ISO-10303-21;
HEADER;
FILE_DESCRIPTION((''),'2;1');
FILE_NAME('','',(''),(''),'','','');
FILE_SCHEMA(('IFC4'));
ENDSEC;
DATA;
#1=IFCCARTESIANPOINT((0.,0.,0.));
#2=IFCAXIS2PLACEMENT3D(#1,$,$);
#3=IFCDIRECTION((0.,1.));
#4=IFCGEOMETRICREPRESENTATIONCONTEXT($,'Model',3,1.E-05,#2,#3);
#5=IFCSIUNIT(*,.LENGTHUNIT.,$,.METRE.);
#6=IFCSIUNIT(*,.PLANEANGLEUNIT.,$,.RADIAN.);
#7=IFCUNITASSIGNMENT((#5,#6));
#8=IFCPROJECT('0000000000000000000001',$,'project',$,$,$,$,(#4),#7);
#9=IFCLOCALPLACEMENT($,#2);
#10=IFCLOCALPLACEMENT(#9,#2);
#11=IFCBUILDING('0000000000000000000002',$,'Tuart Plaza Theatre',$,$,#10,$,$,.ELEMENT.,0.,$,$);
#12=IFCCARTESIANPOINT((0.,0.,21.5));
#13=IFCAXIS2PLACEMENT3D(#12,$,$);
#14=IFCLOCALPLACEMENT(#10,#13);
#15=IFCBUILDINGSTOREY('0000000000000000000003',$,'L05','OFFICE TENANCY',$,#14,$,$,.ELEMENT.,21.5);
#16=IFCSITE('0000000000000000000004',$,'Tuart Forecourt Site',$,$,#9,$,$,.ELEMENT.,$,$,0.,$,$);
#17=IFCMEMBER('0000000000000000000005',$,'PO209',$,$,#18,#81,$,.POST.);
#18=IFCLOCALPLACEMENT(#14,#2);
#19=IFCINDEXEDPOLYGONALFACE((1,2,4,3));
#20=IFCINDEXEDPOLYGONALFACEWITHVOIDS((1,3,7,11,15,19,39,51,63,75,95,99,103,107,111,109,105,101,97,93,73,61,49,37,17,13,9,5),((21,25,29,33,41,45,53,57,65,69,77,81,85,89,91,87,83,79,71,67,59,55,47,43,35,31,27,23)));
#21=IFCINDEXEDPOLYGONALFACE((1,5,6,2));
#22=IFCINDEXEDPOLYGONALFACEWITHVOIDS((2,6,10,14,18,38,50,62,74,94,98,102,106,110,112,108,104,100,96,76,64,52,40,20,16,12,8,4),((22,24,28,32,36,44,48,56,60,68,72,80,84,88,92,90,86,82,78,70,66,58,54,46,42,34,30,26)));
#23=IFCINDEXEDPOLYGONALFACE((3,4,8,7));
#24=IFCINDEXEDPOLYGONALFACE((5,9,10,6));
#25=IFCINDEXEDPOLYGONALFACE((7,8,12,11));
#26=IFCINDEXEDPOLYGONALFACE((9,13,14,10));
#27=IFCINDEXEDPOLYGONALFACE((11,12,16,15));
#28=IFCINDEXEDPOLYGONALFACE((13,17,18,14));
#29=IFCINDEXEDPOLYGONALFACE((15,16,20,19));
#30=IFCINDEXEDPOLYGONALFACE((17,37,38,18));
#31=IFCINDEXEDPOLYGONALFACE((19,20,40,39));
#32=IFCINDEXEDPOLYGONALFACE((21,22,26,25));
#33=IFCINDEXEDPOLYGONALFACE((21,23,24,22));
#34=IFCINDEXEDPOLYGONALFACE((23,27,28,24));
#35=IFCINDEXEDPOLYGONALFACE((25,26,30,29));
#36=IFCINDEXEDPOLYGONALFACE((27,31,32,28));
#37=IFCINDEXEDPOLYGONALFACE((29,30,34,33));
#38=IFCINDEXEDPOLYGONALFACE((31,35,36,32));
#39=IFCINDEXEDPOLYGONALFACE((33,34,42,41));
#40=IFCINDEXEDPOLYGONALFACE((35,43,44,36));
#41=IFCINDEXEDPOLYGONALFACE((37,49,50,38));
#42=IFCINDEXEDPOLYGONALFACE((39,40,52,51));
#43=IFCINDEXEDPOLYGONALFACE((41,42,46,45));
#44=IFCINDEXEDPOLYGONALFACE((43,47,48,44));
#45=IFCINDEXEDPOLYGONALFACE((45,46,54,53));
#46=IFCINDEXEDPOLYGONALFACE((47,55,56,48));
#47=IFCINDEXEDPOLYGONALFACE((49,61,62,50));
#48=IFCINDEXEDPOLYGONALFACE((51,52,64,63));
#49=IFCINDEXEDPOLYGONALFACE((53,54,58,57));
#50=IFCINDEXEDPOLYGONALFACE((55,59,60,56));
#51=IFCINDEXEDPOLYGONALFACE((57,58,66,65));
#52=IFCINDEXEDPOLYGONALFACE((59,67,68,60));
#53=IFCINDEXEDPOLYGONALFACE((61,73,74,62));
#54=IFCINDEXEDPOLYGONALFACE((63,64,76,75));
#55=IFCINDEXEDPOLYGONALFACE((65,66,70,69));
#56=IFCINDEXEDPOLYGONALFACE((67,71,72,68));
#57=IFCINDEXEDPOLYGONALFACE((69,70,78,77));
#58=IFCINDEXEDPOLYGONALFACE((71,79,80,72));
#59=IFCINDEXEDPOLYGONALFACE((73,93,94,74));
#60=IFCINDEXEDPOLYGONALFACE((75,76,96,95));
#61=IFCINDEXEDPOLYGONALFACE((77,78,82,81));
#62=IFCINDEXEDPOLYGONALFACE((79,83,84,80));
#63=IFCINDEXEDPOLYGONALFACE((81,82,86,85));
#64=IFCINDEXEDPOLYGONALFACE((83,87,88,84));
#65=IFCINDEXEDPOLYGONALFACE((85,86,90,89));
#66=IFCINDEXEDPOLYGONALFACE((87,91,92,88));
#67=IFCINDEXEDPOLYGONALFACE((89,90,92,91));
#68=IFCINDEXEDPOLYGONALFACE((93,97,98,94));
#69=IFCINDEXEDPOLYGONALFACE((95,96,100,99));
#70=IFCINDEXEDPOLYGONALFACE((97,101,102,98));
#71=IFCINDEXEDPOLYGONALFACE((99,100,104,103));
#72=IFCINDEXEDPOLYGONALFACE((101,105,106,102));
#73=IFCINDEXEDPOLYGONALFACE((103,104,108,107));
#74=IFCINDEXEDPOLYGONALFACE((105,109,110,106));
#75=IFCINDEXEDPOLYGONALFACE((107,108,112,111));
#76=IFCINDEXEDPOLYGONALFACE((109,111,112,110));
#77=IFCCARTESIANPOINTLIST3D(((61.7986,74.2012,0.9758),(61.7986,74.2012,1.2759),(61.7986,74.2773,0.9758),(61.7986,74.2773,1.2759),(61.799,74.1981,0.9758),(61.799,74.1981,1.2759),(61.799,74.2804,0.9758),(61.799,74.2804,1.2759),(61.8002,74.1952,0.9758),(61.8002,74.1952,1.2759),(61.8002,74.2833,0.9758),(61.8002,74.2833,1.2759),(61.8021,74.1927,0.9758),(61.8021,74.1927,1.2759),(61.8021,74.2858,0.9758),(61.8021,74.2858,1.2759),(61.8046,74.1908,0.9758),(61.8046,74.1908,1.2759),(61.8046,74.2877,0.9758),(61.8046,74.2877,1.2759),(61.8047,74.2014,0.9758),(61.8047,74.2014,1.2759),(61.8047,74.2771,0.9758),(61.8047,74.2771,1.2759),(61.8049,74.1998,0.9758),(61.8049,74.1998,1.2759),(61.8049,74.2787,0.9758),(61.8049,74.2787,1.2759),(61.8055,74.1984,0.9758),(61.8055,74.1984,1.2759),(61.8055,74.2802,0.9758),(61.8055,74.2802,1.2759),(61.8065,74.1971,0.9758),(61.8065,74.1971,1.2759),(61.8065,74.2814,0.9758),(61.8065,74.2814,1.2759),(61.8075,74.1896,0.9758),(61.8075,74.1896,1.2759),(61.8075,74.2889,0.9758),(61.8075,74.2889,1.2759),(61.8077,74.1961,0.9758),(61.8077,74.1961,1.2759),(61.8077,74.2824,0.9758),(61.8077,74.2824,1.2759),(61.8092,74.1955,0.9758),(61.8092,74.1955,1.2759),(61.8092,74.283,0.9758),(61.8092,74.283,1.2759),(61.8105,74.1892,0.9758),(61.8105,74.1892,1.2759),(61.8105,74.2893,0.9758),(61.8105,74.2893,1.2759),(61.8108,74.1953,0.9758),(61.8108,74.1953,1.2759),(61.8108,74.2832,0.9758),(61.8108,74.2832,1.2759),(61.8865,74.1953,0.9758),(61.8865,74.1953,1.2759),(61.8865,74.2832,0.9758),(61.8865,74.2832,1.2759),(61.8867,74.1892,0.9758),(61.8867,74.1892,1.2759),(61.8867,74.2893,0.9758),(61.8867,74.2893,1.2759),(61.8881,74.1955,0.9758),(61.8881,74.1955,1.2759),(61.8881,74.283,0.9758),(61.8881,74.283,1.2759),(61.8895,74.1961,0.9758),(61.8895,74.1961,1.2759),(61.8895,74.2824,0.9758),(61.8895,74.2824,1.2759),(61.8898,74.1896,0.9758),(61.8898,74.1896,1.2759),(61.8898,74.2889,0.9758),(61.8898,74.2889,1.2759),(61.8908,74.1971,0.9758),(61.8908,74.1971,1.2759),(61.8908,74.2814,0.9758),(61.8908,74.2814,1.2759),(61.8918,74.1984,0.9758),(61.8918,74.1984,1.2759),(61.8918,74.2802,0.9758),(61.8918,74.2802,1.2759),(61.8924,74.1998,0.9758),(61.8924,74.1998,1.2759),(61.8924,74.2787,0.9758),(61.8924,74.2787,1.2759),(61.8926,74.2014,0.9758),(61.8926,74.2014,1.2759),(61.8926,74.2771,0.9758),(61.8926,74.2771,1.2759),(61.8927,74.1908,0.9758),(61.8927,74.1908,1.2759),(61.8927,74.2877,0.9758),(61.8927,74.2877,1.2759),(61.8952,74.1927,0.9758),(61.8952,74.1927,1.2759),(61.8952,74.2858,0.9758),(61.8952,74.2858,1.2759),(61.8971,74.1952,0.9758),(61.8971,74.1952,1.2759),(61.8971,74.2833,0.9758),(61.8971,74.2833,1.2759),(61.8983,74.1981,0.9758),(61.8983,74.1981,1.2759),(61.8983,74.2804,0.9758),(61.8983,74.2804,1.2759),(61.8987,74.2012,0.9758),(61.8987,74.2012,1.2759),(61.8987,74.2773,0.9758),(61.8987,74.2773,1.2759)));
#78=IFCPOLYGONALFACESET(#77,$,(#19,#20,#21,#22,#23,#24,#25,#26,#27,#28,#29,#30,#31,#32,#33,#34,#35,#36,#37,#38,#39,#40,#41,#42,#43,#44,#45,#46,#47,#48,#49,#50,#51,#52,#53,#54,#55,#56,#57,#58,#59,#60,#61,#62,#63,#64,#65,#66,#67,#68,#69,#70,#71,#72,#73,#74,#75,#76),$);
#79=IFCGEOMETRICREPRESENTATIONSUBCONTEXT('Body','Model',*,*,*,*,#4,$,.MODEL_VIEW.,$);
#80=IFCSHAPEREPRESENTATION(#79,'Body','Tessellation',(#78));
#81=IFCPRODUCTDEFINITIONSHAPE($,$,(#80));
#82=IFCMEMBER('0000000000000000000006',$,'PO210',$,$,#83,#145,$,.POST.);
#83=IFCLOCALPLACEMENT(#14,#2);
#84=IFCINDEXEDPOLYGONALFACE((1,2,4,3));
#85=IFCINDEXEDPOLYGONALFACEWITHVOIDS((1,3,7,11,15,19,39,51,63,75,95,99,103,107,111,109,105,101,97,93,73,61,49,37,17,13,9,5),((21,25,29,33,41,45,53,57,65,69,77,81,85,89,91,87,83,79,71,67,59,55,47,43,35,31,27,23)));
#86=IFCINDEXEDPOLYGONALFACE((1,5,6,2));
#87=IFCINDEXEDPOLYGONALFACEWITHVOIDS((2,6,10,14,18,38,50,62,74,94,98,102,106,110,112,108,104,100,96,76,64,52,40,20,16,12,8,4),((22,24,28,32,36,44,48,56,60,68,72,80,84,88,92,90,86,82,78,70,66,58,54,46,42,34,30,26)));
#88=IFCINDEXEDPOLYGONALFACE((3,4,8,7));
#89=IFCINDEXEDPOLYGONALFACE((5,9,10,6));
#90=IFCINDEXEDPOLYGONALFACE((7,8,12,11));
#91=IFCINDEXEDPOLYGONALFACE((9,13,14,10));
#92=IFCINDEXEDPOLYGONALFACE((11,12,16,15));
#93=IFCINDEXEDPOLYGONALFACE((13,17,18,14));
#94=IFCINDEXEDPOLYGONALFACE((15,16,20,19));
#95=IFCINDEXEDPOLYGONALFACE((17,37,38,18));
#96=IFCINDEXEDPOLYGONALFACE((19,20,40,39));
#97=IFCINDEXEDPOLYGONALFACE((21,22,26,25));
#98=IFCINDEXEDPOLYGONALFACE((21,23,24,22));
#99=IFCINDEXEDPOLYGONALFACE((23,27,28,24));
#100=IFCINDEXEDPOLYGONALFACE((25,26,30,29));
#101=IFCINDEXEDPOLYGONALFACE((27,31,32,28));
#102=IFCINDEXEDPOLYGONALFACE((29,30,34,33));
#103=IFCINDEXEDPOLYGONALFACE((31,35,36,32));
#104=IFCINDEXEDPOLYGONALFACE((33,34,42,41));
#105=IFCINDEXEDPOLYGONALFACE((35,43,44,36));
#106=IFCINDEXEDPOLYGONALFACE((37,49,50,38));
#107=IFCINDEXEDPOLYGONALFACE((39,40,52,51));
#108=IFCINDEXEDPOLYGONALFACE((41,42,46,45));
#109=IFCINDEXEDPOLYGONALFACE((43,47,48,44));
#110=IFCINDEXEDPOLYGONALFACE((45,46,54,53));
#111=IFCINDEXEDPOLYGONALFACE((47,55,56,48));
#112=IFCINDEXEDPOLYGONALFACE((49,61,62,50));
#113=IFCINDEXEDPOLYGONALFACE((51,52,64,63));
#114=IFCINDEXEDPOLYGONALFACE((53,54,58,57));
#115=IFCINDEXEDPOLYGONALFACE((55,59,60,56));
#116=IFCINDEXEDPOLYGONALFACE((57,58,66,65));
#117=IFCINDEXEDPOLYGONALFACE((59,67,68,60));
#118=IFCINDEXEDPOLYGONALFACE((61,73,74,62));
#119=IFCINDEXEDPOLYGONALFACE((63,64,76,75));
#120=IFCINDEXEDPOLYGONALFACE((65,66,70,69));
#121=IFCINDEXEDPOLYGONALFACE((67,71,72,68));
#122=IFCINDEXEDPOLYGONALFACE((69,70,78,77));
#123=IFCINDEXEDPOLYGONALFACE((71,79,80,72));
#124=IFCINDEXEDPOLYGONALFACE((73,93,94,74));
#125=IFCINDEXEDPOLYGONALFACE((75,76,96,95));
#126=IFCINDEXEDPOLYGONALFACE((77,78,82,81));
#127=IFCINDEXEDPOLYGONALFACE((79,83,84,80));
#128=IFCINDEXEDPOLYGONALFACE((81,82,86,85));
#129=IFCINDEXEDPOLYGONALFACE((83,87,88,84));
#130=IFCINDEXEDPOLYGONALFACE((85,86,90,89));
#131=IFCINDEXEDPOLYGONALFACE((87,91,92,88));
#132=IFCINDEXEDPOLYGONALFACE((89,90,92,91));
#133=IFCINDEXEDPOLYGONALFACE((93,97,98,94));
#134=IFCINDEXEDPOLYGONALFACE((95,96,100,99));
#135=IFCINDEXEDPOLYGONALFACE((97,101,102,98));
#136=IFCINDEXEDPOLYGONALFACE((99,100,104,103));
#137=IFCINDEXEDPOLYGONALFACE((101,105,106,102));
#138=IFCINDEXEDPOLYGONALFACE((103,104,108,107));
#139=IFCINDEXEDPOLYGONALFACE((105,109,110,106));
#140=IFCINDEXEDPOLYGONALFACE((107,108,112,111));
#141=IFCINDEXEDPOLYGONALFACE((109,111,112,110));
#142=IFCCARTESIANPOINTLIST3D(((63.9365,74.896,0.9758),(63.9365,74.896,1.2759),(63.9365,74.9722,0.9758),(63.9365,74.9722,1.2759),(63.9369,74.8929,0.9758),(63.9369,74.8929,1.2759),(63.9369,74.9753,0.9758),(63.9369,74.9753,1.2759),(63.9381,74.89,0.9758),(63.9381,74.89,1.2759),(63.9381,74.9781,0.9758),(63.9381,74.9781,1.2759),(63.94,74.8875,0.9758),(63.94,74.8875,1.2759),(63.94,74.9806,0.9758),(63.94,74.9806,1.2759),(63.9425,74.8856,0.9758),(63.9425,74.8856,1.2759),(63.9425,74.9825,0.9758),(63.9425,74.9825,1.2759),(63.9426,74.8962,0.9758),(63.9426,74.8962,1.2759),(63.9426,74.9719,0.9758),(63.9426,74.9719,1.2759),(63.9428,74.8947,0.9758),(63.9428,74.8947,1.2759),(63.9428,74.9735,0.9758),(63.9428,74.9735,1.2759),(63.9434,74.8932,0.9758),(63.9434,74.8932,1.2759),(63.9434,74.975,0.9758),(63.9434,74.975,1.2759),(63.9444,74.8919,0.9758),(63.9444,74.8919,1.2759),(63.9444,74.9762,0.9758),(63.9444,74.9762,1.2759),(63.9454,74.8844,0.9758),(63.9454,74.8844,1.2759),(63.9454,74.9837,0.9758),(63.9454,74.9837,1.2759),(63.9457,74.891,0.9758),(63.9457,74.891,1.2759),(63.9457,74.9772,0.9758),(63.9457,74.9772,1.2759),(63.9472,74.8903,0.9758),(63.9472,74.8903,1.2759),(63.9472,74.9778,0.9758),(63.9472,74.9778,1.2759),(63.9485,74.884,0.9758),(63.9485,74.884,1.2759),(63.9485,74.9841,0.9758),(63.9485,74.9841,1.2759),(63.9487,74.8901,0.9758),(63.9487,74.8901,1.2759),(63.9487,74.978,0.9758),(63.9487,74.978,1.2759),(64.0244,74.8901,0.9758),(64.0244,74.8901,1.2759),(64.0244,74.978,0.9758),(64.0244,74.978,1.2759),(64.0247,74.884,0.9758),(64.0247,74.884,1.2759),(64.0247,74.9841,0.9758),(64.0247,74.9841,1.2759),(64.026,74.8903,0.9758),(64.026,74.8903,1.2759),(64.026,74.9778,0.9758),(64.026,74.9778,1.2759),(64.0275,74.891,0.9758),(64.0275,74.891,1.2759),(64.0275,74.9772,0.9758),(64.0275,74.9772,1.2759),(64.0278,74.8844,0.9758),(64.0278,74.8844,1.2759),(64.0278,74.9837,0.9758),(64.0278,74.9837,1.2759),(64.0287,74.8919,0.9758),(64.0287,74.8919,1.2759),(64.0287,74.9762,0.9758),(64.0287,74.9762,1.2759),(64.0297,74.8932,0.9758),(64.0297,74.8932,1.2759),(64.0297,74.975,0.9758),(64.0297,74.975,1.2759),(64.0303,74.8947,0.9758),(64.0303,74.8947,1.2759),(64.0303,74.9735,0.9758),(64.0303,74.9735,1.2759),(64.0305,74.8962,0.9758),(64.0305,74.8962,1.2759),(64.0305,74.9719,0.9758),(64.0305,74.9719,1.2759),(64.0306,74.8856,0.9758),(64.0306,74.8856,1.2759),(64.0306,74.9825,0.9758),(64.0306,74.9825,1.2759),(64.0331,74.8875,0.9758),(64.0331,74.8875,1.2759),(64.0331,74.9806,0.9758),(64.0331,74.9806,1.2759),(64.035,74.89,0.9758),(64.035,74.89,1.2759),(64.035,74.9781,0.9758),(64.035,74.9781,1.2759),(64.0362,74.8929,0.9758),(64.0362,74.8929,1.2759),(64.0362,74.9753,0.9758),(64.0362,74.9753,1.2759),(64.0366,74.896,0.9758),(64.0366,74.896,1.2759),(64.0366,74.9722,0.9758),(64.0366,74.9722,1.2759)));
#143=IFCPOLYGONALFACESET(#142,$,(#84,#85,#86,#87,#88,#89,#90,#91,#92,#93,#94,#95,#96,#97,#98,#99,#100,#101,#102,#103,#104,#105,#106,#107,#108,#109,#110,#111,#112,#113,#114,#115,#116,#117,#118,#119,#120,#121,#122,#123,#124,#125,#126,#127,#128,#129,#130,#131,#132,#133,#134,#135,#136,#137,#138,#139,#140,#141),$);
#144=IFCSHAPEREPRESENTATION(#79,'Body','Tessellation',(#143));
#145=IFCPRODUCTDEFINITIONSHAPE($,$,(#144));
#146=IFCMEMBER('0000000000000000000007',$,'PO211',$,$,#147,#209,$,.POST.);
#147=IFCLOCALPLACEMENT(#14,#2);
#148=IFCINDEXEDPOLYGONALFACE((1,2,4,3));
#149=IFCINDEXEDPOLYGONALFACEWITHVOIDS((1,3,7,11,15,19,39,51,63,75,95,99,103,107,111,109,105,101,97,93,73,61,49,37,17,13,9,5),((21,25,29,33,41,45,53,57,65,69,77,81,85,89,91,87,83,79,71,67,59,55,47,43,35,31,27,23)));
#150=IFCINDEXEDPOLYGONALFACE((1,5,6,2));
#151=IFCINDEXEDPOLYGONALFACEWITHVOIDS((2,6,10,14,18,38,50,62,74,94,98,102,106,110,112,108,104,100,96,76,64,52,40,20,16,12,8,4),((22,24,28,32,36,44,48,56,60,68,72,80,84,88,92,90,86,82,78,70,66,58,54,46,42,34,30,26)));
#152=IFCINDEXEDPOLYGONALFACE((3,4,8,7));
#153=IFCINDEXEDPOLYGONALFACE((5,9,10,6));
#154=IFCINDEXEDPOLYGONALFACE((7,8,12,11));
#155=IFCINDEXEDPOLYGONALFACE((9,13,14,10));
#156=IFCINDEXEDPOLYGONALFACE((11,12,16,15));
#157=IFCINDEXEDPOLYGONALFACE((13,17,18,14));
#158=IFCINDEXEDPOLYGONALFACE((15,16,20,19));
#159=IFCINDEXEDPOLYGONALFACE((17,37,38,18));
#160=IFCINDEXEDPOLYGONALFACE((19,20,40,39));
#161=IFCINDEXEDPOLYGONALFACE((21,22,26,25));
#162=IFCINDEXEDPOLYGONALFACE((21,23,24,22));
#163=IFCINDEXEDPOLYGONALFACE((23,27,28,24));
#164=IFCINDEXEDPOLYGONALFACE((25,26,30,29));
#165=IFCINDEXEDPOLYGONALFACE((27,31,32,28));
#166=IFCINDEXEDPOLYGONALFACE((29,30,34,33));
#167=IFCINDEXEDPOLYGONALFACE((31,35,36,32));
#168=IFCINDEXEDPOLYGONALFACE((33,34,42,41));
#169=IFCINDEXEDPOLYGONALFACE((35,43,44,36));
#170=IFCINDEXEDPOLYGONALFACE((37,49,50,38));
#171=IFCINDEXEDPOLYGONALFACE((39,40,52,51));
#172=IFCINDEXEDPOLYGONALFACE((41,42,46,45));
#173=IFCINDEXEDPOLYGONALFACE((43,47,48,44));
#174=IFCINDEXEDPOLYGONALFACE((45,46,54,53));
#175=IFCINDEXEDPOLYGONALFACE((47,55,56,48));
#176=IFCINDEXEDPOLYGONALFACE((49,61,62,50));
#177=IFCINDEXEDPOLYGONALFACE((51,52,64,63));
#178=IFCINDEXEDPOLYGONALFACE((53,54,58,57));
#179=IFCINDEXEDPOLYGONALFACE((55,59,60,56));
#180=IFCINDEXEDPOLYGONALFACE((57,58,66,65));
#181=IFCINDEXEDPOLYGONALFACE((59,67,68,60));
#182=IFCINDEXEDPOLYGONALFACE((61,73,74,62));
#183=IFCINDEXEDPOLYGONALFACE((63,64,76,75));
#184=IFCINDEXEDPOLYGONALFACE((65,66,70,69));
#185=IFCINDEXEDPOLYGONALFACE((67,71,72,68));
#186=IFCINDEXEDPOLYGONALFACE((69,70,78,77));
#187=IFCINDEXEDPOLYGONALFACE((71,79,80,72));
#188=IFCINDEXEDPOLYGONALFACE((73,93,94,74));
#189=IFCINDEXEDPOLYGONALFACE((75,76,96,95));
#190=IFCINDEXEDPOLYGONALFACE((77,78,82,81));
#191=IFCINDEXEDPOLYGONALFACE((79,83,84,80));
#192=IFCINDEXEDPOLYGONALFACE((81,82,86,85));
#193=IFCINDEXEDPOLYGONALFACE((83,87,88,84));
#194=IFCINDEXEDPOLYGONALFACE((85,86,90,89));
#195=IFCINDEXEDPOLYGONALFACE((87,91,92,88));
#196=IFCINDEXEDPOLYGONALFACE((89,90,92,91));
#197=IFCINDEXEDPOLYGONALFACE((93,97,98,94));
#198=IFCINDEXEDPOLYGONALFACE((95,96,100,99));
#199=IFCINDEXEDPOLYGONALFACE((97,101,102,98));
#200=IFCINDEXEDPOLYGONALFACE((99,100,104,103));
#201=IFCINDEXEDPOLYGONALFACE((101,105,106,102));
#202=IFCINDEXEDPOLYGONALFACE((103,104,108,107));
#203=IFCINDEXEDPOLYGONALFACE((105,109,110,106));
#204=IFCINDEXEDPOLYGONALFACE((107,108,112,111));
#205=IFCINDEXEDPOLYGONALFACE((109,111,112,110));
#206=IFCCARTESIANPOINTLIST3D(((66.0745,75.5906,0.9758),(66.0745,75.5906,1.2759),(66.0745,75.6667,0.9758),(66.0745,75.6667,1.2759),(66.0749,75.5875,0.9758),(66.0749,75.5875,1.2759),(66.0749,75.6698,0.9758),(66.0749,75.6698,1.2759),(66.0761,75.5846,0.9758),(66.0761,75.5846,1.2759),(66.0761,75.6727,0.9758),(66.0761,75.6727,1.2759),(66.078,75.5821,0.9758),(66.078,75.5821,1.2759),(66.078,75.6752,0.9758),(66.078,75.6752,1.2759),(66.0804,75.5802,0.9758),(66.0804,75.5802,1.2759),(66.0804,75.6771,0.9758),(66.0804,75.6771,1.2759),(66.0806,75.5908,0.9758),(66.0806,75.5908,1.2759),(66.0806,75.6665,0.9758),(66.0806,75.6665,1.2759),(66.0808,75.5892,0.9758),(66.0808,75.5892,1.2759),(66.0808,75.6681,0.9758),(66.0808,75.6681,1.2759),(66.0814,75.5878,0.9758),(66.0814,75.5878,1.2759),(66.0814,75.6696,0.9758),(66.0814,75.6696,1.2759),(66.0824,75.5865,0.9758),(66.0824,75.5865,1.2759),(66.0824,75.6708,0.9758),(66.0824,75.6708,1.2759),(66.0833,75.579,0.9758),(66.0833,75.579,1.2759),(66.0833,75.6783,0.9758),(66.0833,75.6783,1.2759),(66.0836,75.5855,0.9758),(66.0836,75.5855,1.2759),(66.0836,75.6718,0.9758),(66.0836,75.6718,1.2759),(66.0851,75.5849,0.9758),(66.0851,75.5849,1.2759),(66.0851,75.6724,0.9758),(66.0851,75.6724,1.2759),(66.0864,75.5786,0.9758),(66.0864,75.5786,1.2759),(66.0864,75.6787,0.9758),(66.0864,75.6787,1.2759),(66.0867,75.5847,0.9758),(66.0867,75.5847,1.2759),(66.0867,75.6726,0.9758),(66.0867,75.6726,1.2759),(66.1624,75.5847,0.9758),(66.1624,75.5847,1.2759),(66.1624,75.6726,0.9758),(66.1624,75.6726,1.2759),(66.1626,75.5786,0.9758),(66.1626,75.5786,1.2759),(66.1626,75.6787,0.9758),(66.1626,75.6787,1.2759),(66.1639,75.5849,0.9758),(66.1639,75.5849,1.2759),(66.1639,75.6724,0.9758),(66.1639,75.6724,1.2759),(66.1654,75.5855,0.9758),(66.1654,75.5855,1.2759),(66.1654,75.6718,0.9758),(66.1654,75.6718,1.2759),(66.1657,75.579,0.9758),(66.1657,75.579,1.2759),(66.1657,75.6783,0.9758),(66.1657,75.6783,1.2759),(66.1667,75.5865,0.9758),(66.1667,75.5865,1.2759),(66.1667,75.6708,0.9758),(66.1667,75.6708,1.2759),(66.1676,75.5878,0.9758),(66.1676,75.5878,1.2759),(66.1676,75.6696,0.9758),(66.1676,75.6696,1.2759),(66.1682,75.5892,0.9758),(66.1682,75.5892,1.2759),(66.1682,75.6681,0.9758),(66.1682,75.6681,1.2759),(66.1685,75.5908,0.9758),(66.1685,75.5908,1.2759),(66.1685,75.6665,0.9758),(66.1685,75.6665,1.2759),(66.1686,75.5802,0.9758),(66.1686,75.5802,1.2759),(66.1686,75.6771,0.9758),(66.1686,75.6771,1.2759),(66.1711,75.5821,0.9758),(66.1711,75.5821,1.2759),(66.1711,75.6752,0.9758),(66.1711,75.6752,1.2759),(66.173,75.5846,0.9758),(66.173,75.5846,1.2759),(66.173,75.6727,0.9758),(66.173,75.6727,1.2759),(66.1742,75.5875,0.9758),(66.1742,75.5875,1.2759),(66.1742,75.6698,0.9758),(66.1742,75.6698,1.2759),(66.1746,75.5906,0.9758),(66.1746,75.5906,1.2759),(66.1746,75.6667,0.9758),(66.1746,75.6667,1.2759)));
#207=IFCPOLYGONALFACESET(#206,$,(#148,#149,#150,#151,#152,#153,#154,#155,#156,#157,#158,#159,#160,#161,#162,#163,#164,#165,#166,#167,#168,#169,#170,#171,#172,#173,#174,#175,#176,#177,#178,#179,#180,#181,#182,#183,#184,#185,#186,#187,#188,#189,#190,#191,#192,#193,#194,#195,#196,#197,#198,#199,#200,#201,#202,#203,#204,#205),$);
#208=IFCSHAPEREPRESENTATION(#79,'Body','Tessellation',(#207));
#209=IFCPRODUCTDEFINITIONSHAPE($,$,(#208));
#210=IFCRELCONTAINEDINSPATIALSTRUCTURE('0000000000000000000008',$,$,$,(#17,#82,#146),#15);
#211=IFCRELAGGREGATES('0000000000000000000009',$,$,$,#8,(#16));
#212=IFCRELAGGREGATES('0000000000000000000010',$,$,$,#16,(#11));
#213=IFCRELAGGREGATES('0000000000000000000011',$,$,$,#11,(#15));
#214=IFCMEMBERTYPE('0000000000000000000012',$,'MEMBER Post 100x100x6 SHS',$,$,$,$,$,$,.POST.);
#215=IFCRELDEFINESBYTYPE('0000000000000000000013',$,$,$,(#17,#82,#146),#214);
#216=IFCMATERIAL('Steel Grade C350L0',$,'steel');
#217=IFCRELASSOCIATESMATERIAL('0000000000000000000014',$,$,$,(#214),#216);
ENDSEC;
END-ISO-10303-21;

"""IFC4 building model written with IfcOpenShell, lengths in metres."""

from ifc_helpers import new_model, si_unit, direction, frame, origin, origin_2d, place, context, subcontext, project, spatial, hollow_rectangle, extrude, material, material_profile, profile_set, type_object, element, save


model = new_model("IFC4")

# Units and contexts
model_context = context("Model", 3, precision=1e-05, world=origin(), true_north=direction((0.0, 1.0)))
body_context = subcontext(model_context, "Body", "Model", "MODEL_VIEW")
ifc_project = project(units=[si_unit("LENGTHUNIT", "METRE"), si_unit("PLANEANGLEUNIT", "RADIAN")], contexts=[model_context])

# Site, building, storey
site_placement = place(None, origin())
site = spatial("IfcSite", under=ifc_project, at=site_placement, Name="Tuart Forecourt Site", CompositionType="ELEMENT", RefElevation=0.0)
building_placement = place(site_placement, origin())
building = spatial("IfcBuilding", under=site, at=building_placement, Name="Tuart Plaza Theatre", CompositionType="ELEMENT", ElevationOfRefHeight=0.0)
storey_placement = place(building_placement, frame((0.0, 0.0, 21.5)))
storey = spatial("IfcBuildingStorey", under=building, at=storey_placement, Name="L05", Description="OFFICE TENANCY", CompositionType="ELEMENT", Elevation=21.5)

# Members
ifc_material_1 = material(Name="Steel Grade C350L0", Category="steel")
ifc_material_profile_1 = material_profile(ifc_material_1, hollow_rectangle(XDim=0.1001, YDim=0.1001, WallThickness=0.0061, InnerFilletRadius=0.0061, OuterFilletRadius=0.012, at=origin_2d()), Name="100x100x6 SHS")
ifc_profile_set_1 = profile_set([ifc_material_profile_1], Name="Steel Grade C350L0")
member_type_1 = type_object("IfcMemberType", Name="MEMBER Post 100x100x6 SHS", PredefinedType="POST", material=ifc_profile_set_1)
for number, where, z_axis, x_axis, name in (
    (1, (61.8486, 74.2393, 0.9758), (0.0, 0.0, 1.0), (1.0, 0.0, 0.0), "PO209"),
    (2, (63.9866, 74.9341, 0.9758), (0.0, 0.0, 1.0), (1.0, 0.0, 0.0), "PO210"),
    (3, (66.1245, 75.6287, 0.9758), (0.0, 0.0, 1.0), (1.0, 0.0, 0.0), "PO211"),
):
    element("IfcMember", number, at=place(storey_placement, frame(where, z_axis=z_axis, x_axis=x_axis)), inside=storey, type_object=member_type_1, Name=name, PredefinedType="POST", context=body_context, shape_type="SweptSolid", body=[
        extrude(hollow_rectangle(XDim=0.1001, YDim=0.1001, WallThickness=0.0061, InnerFilletRadius=0.0061, OuterFilletRadius=0.012, at=origin_2d()), origin(), (0.0, 0.0, 1.0), 0.3),
    ])

save(model, "model.ifc")
